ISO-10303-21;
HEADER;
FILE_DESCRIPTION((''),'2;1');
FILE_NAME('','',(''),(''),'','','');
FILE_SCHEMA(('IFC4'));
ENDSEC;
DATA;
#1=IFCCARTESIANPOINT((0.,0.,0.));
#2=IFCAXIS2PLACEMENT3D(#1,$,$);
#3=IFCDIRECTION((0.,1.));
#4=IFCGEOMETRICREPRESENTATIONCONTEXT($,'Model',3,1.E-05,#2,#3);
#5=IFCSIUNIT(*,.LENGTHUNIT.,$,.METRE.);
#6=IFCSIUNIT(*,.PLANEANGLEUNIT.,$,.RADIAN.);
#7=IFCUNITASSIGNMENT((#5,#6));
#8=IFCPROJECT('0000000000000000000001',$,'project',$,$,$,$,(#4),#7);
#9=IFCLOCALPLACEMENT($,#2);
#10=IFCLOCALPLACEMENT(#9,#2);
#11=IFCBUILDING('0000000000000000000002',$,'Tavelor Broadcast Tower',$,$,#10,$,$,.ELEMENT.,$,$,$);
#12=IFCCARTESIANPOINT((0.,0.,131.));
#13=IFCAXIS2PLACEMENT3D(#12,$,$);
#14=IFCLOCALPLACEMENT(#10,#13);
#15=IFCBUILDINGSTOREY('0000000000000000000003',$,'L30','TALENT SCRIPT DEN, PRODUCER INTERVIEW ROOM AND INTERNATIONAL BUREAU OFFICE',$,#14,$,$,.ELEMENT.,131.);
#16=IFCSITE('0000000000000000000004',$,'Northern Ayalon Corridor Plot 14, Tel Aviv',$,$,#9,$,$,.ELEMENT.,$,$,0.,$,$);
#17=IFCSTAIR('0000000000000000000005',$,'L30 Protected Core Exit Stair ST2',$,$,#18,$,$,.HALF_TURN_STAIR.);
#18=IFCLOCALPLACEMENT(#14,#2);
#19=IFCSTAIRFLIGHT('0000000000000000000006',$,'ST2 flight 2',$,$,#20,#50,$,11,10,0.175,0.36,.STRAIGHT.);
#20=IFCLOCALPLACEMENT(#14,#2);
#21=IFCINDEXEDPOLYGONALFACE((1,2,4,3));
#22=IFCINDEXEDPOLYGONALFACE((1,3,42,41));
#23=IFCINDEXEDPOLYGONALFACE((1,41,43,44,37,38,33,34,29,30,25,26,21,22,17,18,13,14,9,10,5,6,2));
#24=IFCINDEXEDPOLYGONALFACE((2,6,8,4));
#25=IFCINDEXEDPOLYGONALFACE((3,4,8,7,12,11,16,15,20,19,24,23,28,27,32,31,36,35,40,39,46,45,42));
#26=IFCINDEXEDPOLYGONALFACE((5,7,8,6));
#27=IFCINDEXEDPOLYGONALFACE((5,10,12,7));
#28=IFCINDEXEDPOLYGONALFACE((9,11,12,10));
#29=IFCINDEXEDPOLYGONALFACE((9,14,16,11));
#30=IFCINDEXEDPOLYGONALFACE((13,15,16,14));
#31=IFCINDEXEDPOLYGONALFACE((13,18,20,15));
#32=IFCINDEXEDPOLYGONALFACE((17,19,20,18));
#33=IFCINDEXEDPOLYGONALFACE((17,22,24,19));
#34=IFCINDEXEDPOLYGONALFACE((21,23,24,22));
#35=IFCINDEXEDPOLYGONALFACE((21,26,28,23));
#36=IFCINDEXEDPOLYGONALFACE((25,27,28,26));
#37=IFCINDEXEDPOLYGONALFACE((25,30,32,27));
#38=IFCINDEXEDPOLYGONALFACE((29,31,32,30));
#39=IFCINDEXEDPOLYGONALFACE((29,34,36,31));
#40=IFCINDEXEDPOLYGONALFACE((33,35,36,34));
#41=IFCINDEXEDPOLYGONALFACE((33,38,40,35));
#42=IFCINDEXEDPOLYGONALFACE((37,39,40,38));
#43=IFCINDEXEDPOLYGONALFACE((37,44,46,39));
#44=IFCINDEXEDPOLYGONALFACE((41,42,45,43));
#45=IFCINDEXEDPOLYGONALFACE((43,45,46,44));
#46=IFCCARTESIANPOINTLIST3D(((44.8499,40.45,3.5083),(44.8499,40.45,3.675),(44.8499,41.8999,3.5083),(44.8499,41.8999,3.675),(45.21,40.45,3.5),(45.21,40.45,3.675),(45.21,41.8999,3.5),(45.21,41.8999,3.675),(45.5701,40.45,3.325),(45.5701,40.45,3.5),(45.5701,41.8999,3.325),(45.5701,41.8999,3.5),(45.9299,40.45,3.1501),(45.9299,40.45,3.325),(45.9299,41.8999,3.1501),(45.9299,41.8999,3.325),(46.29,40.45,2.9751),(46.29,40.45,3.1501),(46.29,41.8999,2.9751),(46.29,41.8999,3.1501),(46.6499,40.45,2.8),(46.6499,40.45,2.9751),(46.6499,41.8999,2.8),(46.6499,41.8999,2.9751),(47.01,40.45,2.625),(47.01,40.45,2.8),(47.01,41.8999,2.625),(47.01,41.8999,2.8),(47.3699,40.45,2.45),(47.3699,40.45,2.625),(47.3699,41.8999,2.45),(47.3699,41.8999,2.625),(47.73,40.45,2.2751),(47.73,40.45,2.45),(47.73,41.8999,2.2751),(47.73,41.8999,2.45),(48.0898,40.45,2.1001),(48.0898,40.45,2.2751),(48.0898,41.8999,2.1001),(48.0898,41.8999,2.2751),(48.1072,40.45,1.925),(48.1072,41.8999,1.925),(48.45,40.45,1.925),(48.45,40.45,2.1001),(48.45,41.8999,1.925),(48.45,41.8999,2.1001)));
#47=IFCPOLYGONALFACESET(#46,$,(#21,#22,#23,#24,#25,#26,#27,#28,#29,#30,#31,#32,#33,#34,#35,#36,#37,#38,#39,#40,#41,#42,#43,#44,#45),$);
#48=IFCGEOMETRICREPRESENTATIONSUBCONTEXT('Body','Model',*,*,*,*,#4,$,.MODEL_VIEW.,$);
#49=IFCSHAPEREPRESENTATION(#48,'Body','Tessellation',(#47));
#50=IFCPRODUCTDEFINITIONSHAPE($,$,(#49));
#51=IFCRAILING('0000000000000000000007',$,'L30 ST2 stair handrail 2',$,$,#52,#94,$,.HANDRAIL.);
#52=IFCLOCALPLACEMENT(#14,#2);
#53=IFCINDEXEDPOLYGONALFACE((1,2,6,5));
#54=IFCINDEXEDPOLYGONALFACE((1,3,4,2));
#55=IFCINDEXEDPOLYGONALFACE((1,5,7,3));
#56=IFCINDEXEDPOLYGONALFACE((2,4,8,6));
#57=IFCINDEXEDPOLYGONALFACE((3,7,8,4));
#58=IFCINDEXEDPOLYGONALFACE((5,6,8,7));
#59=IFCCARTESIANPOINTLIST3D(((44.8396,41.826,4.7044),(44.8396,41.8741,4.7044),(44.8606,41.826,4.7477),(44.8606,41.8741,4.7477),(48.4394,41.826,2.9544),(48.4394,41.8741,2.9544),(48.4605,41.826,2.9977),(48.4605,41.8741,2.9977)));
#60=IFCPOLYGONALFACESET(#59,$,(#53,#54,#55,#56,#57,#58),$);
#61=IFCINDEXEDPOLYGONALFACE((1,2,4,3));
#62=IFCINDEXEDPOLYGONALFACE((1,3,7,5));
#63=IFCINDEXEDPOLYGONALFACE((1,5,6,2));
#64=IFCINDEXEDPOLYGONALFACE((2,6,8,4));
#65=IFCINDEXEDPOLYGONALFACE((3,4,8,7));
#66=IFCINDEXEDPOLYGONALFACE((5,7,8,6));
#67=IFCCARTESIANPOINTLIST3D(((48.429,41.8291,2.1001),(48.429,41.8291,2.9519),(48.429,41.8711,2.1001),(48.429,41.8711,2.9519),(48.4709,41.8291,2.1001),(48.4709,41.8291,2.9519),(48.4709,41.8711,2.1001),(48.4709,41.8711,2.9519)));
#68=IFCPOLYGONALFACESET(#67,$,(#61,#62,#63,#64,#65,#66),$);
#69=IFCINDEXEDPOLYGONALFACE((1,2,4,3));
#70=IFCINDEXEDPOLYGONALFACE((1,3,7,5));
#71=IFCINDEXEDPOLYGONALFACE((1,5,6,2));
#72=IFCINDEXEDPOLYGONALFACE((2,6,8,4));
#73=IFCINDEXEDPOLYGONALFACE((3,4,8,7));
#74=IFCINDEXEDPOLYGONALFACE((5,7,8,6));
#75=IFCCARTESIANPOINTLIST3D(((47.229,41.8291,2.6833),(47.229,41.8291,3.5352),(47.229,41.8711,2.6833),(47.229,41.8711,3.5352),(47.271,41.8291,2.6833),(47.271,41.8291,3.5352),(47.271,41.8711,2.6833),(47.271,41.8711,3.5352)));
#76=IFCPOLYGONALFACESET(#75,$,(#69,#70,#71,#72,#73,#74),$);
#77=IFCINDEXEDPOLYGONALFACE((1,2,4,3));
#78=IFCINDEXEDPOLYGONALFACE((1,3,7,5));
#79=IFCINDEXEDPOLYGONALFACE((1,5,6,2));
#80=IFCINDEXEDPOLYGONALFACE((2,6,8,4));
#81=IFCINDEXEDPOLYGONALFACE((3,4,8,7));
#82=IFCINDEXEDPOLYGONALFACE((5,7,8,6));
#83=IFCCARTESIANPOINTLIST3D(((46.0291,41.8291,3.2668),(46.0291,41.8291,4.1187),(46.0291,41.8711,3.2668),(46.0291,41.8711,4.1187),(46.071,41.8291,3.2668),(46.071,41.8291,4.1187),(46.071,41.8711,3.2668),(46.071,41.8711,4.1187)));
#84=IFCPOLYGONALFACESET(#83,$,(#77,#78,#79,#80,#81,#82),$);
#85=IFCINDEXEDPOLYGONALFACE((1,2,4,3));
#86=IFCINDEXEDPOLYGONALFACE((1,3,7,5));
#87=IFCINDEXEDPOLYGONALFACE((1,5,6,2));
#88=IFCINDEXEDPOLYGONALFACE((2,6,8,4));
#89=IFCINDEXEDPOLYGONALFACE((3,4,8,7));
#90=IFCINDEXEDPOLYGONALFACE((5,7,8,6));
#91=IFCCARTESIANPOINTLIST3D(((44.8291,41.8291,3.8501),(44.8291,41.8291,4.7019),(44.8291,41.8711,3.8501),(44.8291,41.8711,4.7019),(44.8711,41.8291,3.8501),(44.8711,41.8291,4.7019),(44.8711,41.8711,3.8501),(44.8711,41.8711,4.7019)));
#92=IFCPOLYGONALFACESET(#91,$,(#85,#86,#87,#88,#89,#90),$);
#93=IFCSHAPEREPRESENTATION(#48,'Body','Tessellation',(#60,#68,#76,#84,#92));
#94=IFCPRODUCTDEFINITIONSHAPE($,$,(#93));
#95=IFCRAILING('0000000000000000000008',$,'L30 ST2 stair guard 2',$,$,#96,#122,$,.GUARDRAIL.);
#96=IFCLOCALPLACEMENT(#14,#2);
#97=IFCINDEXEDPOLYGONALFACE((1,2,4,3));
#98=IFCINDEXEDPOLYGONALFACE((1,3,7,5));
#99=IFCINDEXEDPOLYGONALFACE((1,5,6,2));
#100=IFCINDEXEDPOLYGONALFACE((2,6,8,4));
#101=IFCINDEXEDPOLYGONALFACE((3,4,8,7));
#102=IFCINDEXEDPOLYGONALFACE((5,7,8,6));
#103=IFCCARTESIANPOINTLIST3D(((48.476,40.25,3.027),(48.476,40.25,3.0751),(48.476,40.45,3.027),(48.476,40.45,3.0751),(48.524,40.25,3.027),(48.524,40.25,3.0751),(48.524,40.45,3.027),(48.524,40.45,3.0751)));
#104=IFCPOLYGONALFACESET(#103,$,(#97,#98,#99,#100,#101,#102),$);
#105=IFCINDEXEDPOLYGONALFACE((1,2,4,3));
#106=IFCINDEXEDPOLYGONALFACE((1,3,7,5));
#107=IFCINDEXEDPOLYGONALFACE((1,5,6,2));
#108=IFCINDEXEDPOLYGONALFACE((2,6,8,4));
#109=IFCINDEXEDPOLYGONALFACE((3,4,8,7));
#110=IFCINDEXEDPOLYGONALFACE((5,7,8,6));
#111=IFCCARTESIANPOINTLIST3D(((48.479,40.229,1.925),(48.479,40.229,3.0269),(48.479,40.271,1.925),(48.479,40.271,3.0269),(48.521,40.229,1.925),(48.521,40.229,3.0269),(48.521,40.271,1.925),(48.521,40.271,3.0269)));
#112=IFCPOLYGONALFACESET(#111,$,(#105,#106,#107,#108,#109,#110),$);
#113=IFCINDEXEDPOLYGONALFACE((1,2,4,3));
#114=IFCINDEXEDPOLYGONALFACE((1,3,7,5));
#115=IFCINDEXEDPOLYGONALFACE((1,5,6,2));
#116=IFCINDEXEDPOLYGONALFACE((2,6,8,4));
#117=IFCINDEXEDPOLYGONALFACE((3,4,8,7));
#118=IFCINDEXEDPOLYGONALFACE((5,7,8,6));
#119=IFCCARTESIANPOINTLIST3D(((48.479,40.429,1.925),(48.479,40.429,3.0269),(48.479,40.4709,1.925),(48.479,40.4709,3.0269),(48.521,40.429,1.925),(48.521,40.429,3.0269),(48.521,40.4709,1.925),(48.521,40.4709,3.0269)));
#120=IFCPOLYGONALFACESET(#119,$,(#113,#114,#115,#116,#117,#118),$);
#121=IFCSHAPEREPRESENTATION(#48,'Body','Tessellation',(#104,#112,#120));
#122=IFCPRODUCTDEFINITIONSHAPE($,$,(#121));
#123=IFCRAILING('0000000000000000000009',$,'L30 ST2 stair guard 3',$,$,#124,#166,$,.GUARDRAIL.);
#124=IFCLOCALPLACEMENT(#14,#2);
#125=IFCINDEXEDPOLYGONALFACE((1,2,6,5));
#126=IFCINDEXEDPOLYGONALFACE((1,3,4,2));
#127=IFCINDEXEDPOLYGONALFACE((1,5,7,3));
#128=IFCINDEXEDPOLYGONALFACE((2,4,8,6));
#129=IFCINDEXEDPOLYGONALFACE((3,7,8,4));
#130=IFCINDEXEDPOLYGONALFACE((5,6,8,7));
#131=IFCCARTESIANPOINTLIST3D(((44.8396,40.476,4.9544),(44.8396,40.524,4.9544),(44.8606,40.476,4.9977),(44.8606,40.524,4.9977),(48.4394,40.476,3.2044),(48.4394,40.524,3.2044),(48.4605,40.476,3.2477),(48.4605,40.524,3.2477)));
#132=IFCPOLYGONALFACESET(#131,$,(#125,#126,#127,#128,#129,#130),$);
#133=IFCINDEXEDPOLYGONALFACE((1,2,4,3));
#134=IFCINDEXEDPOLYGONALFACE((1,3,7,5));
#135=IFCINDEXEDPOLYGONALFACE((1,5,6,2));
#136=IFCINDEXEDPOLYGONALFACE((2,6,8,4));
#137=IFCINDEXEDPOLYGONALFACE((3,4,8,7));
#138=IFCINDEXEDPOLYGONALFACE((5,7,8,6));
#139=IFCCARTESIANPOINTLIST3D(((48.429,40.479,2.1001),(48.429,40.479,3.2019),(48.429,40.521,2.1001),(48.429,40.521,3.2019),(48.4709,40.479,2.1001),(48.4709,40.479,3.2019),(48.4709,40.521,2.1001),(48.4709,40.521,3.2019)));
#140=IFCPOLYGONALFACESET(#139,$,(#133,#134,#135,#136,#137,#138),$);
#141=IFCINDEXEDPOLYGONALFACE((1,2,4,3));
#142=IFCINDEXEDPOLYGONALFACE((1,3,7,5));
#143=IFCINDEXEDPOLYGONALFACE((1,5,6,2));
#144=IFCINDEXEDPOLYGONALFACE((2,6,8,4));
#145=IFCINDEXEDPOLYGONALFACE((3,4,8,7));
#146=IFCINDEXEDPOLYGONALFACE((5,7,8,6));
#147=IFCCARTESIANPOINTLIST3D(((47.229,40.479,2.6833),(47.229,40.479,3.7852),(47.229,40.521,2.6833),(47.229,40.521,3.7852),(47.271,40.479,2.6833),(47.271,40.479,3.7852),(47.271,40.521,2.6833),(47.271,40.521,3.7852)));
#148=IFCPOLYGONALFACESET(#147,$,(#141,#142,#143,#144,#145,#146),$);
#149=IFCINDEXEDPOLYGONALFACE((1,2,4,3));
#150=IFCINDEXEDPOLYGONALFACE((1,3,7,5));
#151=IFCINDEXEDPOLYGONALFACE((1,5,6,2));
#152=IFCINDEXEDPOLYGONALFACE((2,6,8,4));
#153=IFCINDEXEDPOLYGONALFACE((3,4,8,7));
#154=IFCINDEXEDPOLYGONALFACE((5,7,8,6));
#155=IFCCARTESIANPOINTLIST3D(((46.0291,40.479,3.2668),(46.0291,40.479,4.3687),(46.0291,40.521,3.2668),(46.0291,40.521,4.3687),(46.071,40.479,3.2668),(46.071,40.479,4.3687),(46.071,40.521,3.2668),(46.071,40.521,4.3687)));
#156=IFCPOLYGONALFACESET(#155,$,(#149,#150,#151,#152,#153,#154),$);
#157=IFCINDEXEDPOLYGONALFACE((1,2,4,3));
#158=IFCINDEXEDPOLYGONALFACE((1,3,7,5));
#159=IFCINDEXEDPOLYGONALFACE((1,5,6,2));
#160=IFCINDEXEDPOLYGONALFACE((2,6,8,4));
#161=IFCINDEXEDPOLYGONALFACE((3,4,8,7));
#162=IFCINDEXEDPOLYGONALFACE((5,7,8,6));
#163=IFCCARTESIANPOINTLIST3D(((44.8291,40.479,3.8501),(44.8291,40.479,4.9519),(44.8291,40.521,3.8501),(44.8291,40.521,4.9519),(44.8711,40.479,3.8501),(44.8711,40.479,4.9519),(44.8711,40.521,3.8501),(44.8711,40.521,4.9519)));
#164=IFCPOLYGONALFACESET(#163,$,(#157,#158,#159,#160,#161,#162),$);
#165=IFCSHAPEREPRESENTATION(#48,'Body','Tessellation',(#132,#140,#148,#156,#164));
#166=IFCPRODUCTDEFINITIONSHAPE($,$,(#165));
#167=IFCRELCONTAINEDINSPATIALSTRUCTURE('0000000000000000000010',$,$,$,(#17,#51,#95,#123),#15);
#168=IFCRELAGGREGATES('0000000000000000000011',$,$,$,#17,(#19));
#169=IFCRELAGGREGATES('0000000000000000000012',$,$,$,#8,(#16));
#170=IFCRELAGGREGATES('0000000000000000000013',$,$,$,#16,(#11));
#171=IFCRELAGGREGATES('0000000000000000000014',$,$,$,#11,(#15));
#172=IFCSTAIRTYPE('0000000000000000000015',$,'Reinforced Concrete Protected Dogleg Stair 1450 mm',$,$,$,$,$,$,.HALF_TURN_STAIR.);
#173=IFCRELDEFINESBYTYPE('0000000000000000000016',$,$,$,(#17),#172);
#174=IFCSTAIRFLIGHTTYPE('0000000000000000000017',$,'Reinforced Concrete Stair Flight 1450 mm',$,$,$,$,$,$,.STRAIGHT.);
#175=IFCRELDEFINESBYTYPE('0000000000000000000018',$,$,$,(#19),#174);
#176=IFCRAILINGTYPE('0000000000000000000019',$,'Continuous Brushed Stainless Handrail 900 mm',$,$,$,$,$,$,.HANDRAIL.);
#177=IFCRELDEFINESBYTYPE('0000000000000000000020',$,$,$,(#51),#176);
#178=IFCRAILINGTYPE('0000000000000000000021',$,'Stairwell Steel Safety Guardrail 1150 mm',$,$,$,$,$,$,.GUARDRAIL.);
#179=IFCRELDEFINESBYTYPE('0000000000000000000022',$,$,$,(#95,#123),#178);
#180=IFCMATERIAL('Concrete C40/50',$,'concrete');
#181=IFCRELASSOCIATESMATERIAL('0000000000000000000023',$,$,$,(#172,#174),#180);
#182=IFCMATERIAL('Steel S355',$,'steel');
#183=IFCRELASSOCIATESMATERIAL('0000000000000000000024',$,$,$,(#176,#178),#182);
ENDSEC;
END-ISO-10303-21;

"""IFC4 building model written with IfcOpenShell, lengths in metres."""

from ifc_helpers import new_model, si_unit, direction, frame, origin, origin_2d, place, context, subcontext, project, spatial, polyline, rectangle, outline, extrude, material, type_object, element, aggregate, save


model = new_model("IFC4")

# Units and contexts
model_context = context("Model", 3, precision=1e-05, world=origin(), true_north=direction((0.0, 1.0)))
body_context = subcontext(model_context, "Body", "Model", "MODEL_VIEW")
ifc_project = project(units=[si_unit("LENGTHUNIT", "METRE"), si_unit("PLANEANGLEUNIT", "RADIAN")], contexts=[model_context])

# Site, building, storey
site_placement = place(None, origin())
site = spatial("IfcSite", under=ifc_project, at=site_placement, Name="Northern Ayalon Corridor Plot 14, Tel Aviv", CompositionType="ELEMENT", RefElevation=0.0)
building_placement = place(site_placement, origin())
building = spatial("IfcBuilding", under=site, at=building_placement, Name="Tavelor Broadcast Tower", CompositionType="ELEMENT")
storey_placement = place(building_placement, frame((0.0, 0.0, 131.0)))
storey = spatial("IfcBuildingStorey", under=building, at=storey_placement, Name="L30", Description="TALENT SCRIPT DEN, PRODUCER INTERVIEW ROOM AND INTERNATIONAL BUREAU OFFICE", CompositionType="ELEMENT", Elevation=131.0)

# Shared definitions
ifc_material_1 = material(Name="Steel S355", Category="steel")

# Shared definitions
ifc_material_2 = material(Name="Concrete C40/50", Category="concrete")

# Stair, stair flight
stair_type = type_object("IfcStairType", Name="Reinforced Concrete Protected Dogleg Stair 1450 mm", PredefinedType="HALF_TURN_STAIR", material=ifc_material_2)
stair_placement = place(storey_placement, origin())
stair = element("IfcStair", 1, at=stair_placement, inside=storey, type_object=stair_type, Name="L30 Protected Core Exit Stair ST2", PredefinedType="HALF_TURN_STAIR")
stair_flight_type = type_object("IfcStairFlightType", Name="Reinforced Concrete Stair Flight 1450 mm", PredefinedType="STRAIGHT", material=ifc_material_2)
stair_flight_placement = place(storey_placement, frame((48.45, 41.175, 1.925), z_axis=(0.0, 0.0, 1.0), x_axis=(-1.0, 0.0, 0.0)))
stair_flight = element("IfcStairFlight", 2, at=stair_flight_placement, type_object=stair_flight_type, Name="ST2 flight 2", NumberOfRisers=11, NumberOfTreads=10, PredefinedType="STRAIGHT", RiserHeight=0.175, TreadLength=0.36, context=body_context, shape_type="SweptSolid", body=[
    extrude(outline(polyline([(0.0, 0.0), (0.0, 0.175), (0.3601, 0.175), (0.3601, 0.3501), (0.72, 0.3501), (0.72, 0.5249), (1.0801, 0.5249), (1.0801, 0.7), (1.4399, 0.7), (1.4399, 0.875), (1.8, 0.875), (1.8, 1.05), (2.1599, 1.05), (2.1599, 1.2251), (2.52, 1.2251), (2.52, 1.3999), (2.8799, 1.3999), (2.8799, 1.575), (3.24, 1.575), (3.24, 1.75), (3.6001, 1.75), (3.6001, 1.925), (3.6001, 1.5833), (0.3428, 0.0), (0.0, 0.0)])), frame((0.0, 0.7251, 0.0), z_axis=(0.0, -1.0, 0.0), x_axis=(1.0, 0.0, 0.0)), (0.0, 0.0, 1.0), 1.45),
])
aggregate(stair, [stair_flight])

# Railings
railing_type_1 = type_object("IfcRailingType", Name="Continuous Brushed Stainless Handrail 900 mm", PredefinedType="HANDRAIL", material=ifc_material_1)
railing_1_placement = place(storey_placement, frame((48.45, 41.8501, 2.1001)))
element("IfcRailing", 3, at=railing_1_placement, inside=storey, type_object=railing_type_1, Name="L30 ST2 stair handrail 2", PredefinedType="HANDRAIL", context=body_context, shape_type="SweptSolid", body=[
    extrude(rectangle(XDim=0.0481, YDim=0.0481, at=origin_2d()), frame((0.0, 0.0, 0.876), z_axis=(-0.899361, 0.0, 0.437207), x_axis=(0.0, -1.0, 0.0)), (0.0, 0.0, 1.0), 4.0027),
    extrude(rectangle(XDim=0.042, YDim=0.042, at=origin_2d()), origin(), (0.0, 0.0, 1.0), 0.8518),
    extrude(rectangle(XDim=0.042, YDim=0.042, at=origin_2d()), frame((-1.2, 0.0, 0.5833)), (0.0, 0.0, 1.0), 0.8518),
    extrude(rectangle(XDim=0.042, YDim=0.042, at=origin_2d()), frame((-2.3999, 0.0, 1.1667)), (0.0, 0.0, 1.0), 0.8518),
    extrude(rectangle(XDim=0.042, YDim=0.042, at=origin_2d()), frame((-3.5999, 0.0, 1.75)), (0.0, 0.0, 1.0), 0.8518),
])
railing_type_2 = type_object("IfcRailingType", Name="Stairwell Steel Safety Guardrail 1150 mm", PredefinedType="GUARDRAIL", material=ifc_material_1)
railing_2_placement = place(storey_placement, frame((48.5, 40.25, 1.925)))
element("IfcRailing", 4, at=railing_2_placement, inside=storey, type_object=railing_type_2, Name="L30 ST2 stair guard 2", PredefinedType="GUARDRAIL", context=body_context, shape_type="SweptSolid", body=[
    extrude(rectangle(XDim=0.0481, YDim=0.0481, at=origin_2d()), frame((0.0, 0.0, 1.126), z_axis=(0.0, 1.0, 0.0), x_axis=(-1.0, 0.0, 0.0)), (0.0, 0.0, 1.0), 0.2),
    extrude(rectangle(XDim=0.042, YDim=0.042, at=origin_2d()), origin(), (0.0, 0.0, 1.0), 1.1018),
    extrude(rectangle(XDim=0.042, YDim=0.042, at=origin_2d()), frame((0.0, 0.2, 0.0)), (0.0, 0.0, 1.0), 1.1018),
])
railing_3_placement = place(storey_placement, frame((48.45, 40.5, 2.1001)))
element("IfcRailing", 5, at=railing_3_placement, inside=storey, type_object=railing_type_2, Name="L30 ST2 stair guard 3", PredefinedType="GUARDRAIL", context=body_context, shape_type="SweptSolid", body=[
    extrude(rectangle(XDim=0.0481, YDim=0.0481, at=origin_2d()), frame((0.0, 0.0, 1.126), z_axis=(-0.899361, 0.0, 0.437207), x_axis=(0.0, -1.0, 0.0)), (0.0, 0.0, 1.0), 4.0027),
    extrude(rectangle(XDim=0.042, YDim=0.042, at=origin_2d()), origin(), (0.0, 0.0, 1.0), 1.1018),
    extrude(rectangle(XDim=0.042, YDim=0.042, at=origin_2d()), frame((-1.2, 0.0, 0.5833)), (0.0, 0.0, 1.0), 1.1018),
    extrude(rectangle(XDim=0.042, YDim=0.042, at=origin_2d()), frame((-2.3999, 0.0, 1.1667)), (0.0, 0.0, 1.0), 1.1018),
    extrude(rectangle(XDim=0.042, YDim=0.042, at=origin_2d()), frame((-3.5999, 0.0, 1.75)), (0.0, 0.0, 1.0), 1.1018),
])

save(model, "model.ifc")
